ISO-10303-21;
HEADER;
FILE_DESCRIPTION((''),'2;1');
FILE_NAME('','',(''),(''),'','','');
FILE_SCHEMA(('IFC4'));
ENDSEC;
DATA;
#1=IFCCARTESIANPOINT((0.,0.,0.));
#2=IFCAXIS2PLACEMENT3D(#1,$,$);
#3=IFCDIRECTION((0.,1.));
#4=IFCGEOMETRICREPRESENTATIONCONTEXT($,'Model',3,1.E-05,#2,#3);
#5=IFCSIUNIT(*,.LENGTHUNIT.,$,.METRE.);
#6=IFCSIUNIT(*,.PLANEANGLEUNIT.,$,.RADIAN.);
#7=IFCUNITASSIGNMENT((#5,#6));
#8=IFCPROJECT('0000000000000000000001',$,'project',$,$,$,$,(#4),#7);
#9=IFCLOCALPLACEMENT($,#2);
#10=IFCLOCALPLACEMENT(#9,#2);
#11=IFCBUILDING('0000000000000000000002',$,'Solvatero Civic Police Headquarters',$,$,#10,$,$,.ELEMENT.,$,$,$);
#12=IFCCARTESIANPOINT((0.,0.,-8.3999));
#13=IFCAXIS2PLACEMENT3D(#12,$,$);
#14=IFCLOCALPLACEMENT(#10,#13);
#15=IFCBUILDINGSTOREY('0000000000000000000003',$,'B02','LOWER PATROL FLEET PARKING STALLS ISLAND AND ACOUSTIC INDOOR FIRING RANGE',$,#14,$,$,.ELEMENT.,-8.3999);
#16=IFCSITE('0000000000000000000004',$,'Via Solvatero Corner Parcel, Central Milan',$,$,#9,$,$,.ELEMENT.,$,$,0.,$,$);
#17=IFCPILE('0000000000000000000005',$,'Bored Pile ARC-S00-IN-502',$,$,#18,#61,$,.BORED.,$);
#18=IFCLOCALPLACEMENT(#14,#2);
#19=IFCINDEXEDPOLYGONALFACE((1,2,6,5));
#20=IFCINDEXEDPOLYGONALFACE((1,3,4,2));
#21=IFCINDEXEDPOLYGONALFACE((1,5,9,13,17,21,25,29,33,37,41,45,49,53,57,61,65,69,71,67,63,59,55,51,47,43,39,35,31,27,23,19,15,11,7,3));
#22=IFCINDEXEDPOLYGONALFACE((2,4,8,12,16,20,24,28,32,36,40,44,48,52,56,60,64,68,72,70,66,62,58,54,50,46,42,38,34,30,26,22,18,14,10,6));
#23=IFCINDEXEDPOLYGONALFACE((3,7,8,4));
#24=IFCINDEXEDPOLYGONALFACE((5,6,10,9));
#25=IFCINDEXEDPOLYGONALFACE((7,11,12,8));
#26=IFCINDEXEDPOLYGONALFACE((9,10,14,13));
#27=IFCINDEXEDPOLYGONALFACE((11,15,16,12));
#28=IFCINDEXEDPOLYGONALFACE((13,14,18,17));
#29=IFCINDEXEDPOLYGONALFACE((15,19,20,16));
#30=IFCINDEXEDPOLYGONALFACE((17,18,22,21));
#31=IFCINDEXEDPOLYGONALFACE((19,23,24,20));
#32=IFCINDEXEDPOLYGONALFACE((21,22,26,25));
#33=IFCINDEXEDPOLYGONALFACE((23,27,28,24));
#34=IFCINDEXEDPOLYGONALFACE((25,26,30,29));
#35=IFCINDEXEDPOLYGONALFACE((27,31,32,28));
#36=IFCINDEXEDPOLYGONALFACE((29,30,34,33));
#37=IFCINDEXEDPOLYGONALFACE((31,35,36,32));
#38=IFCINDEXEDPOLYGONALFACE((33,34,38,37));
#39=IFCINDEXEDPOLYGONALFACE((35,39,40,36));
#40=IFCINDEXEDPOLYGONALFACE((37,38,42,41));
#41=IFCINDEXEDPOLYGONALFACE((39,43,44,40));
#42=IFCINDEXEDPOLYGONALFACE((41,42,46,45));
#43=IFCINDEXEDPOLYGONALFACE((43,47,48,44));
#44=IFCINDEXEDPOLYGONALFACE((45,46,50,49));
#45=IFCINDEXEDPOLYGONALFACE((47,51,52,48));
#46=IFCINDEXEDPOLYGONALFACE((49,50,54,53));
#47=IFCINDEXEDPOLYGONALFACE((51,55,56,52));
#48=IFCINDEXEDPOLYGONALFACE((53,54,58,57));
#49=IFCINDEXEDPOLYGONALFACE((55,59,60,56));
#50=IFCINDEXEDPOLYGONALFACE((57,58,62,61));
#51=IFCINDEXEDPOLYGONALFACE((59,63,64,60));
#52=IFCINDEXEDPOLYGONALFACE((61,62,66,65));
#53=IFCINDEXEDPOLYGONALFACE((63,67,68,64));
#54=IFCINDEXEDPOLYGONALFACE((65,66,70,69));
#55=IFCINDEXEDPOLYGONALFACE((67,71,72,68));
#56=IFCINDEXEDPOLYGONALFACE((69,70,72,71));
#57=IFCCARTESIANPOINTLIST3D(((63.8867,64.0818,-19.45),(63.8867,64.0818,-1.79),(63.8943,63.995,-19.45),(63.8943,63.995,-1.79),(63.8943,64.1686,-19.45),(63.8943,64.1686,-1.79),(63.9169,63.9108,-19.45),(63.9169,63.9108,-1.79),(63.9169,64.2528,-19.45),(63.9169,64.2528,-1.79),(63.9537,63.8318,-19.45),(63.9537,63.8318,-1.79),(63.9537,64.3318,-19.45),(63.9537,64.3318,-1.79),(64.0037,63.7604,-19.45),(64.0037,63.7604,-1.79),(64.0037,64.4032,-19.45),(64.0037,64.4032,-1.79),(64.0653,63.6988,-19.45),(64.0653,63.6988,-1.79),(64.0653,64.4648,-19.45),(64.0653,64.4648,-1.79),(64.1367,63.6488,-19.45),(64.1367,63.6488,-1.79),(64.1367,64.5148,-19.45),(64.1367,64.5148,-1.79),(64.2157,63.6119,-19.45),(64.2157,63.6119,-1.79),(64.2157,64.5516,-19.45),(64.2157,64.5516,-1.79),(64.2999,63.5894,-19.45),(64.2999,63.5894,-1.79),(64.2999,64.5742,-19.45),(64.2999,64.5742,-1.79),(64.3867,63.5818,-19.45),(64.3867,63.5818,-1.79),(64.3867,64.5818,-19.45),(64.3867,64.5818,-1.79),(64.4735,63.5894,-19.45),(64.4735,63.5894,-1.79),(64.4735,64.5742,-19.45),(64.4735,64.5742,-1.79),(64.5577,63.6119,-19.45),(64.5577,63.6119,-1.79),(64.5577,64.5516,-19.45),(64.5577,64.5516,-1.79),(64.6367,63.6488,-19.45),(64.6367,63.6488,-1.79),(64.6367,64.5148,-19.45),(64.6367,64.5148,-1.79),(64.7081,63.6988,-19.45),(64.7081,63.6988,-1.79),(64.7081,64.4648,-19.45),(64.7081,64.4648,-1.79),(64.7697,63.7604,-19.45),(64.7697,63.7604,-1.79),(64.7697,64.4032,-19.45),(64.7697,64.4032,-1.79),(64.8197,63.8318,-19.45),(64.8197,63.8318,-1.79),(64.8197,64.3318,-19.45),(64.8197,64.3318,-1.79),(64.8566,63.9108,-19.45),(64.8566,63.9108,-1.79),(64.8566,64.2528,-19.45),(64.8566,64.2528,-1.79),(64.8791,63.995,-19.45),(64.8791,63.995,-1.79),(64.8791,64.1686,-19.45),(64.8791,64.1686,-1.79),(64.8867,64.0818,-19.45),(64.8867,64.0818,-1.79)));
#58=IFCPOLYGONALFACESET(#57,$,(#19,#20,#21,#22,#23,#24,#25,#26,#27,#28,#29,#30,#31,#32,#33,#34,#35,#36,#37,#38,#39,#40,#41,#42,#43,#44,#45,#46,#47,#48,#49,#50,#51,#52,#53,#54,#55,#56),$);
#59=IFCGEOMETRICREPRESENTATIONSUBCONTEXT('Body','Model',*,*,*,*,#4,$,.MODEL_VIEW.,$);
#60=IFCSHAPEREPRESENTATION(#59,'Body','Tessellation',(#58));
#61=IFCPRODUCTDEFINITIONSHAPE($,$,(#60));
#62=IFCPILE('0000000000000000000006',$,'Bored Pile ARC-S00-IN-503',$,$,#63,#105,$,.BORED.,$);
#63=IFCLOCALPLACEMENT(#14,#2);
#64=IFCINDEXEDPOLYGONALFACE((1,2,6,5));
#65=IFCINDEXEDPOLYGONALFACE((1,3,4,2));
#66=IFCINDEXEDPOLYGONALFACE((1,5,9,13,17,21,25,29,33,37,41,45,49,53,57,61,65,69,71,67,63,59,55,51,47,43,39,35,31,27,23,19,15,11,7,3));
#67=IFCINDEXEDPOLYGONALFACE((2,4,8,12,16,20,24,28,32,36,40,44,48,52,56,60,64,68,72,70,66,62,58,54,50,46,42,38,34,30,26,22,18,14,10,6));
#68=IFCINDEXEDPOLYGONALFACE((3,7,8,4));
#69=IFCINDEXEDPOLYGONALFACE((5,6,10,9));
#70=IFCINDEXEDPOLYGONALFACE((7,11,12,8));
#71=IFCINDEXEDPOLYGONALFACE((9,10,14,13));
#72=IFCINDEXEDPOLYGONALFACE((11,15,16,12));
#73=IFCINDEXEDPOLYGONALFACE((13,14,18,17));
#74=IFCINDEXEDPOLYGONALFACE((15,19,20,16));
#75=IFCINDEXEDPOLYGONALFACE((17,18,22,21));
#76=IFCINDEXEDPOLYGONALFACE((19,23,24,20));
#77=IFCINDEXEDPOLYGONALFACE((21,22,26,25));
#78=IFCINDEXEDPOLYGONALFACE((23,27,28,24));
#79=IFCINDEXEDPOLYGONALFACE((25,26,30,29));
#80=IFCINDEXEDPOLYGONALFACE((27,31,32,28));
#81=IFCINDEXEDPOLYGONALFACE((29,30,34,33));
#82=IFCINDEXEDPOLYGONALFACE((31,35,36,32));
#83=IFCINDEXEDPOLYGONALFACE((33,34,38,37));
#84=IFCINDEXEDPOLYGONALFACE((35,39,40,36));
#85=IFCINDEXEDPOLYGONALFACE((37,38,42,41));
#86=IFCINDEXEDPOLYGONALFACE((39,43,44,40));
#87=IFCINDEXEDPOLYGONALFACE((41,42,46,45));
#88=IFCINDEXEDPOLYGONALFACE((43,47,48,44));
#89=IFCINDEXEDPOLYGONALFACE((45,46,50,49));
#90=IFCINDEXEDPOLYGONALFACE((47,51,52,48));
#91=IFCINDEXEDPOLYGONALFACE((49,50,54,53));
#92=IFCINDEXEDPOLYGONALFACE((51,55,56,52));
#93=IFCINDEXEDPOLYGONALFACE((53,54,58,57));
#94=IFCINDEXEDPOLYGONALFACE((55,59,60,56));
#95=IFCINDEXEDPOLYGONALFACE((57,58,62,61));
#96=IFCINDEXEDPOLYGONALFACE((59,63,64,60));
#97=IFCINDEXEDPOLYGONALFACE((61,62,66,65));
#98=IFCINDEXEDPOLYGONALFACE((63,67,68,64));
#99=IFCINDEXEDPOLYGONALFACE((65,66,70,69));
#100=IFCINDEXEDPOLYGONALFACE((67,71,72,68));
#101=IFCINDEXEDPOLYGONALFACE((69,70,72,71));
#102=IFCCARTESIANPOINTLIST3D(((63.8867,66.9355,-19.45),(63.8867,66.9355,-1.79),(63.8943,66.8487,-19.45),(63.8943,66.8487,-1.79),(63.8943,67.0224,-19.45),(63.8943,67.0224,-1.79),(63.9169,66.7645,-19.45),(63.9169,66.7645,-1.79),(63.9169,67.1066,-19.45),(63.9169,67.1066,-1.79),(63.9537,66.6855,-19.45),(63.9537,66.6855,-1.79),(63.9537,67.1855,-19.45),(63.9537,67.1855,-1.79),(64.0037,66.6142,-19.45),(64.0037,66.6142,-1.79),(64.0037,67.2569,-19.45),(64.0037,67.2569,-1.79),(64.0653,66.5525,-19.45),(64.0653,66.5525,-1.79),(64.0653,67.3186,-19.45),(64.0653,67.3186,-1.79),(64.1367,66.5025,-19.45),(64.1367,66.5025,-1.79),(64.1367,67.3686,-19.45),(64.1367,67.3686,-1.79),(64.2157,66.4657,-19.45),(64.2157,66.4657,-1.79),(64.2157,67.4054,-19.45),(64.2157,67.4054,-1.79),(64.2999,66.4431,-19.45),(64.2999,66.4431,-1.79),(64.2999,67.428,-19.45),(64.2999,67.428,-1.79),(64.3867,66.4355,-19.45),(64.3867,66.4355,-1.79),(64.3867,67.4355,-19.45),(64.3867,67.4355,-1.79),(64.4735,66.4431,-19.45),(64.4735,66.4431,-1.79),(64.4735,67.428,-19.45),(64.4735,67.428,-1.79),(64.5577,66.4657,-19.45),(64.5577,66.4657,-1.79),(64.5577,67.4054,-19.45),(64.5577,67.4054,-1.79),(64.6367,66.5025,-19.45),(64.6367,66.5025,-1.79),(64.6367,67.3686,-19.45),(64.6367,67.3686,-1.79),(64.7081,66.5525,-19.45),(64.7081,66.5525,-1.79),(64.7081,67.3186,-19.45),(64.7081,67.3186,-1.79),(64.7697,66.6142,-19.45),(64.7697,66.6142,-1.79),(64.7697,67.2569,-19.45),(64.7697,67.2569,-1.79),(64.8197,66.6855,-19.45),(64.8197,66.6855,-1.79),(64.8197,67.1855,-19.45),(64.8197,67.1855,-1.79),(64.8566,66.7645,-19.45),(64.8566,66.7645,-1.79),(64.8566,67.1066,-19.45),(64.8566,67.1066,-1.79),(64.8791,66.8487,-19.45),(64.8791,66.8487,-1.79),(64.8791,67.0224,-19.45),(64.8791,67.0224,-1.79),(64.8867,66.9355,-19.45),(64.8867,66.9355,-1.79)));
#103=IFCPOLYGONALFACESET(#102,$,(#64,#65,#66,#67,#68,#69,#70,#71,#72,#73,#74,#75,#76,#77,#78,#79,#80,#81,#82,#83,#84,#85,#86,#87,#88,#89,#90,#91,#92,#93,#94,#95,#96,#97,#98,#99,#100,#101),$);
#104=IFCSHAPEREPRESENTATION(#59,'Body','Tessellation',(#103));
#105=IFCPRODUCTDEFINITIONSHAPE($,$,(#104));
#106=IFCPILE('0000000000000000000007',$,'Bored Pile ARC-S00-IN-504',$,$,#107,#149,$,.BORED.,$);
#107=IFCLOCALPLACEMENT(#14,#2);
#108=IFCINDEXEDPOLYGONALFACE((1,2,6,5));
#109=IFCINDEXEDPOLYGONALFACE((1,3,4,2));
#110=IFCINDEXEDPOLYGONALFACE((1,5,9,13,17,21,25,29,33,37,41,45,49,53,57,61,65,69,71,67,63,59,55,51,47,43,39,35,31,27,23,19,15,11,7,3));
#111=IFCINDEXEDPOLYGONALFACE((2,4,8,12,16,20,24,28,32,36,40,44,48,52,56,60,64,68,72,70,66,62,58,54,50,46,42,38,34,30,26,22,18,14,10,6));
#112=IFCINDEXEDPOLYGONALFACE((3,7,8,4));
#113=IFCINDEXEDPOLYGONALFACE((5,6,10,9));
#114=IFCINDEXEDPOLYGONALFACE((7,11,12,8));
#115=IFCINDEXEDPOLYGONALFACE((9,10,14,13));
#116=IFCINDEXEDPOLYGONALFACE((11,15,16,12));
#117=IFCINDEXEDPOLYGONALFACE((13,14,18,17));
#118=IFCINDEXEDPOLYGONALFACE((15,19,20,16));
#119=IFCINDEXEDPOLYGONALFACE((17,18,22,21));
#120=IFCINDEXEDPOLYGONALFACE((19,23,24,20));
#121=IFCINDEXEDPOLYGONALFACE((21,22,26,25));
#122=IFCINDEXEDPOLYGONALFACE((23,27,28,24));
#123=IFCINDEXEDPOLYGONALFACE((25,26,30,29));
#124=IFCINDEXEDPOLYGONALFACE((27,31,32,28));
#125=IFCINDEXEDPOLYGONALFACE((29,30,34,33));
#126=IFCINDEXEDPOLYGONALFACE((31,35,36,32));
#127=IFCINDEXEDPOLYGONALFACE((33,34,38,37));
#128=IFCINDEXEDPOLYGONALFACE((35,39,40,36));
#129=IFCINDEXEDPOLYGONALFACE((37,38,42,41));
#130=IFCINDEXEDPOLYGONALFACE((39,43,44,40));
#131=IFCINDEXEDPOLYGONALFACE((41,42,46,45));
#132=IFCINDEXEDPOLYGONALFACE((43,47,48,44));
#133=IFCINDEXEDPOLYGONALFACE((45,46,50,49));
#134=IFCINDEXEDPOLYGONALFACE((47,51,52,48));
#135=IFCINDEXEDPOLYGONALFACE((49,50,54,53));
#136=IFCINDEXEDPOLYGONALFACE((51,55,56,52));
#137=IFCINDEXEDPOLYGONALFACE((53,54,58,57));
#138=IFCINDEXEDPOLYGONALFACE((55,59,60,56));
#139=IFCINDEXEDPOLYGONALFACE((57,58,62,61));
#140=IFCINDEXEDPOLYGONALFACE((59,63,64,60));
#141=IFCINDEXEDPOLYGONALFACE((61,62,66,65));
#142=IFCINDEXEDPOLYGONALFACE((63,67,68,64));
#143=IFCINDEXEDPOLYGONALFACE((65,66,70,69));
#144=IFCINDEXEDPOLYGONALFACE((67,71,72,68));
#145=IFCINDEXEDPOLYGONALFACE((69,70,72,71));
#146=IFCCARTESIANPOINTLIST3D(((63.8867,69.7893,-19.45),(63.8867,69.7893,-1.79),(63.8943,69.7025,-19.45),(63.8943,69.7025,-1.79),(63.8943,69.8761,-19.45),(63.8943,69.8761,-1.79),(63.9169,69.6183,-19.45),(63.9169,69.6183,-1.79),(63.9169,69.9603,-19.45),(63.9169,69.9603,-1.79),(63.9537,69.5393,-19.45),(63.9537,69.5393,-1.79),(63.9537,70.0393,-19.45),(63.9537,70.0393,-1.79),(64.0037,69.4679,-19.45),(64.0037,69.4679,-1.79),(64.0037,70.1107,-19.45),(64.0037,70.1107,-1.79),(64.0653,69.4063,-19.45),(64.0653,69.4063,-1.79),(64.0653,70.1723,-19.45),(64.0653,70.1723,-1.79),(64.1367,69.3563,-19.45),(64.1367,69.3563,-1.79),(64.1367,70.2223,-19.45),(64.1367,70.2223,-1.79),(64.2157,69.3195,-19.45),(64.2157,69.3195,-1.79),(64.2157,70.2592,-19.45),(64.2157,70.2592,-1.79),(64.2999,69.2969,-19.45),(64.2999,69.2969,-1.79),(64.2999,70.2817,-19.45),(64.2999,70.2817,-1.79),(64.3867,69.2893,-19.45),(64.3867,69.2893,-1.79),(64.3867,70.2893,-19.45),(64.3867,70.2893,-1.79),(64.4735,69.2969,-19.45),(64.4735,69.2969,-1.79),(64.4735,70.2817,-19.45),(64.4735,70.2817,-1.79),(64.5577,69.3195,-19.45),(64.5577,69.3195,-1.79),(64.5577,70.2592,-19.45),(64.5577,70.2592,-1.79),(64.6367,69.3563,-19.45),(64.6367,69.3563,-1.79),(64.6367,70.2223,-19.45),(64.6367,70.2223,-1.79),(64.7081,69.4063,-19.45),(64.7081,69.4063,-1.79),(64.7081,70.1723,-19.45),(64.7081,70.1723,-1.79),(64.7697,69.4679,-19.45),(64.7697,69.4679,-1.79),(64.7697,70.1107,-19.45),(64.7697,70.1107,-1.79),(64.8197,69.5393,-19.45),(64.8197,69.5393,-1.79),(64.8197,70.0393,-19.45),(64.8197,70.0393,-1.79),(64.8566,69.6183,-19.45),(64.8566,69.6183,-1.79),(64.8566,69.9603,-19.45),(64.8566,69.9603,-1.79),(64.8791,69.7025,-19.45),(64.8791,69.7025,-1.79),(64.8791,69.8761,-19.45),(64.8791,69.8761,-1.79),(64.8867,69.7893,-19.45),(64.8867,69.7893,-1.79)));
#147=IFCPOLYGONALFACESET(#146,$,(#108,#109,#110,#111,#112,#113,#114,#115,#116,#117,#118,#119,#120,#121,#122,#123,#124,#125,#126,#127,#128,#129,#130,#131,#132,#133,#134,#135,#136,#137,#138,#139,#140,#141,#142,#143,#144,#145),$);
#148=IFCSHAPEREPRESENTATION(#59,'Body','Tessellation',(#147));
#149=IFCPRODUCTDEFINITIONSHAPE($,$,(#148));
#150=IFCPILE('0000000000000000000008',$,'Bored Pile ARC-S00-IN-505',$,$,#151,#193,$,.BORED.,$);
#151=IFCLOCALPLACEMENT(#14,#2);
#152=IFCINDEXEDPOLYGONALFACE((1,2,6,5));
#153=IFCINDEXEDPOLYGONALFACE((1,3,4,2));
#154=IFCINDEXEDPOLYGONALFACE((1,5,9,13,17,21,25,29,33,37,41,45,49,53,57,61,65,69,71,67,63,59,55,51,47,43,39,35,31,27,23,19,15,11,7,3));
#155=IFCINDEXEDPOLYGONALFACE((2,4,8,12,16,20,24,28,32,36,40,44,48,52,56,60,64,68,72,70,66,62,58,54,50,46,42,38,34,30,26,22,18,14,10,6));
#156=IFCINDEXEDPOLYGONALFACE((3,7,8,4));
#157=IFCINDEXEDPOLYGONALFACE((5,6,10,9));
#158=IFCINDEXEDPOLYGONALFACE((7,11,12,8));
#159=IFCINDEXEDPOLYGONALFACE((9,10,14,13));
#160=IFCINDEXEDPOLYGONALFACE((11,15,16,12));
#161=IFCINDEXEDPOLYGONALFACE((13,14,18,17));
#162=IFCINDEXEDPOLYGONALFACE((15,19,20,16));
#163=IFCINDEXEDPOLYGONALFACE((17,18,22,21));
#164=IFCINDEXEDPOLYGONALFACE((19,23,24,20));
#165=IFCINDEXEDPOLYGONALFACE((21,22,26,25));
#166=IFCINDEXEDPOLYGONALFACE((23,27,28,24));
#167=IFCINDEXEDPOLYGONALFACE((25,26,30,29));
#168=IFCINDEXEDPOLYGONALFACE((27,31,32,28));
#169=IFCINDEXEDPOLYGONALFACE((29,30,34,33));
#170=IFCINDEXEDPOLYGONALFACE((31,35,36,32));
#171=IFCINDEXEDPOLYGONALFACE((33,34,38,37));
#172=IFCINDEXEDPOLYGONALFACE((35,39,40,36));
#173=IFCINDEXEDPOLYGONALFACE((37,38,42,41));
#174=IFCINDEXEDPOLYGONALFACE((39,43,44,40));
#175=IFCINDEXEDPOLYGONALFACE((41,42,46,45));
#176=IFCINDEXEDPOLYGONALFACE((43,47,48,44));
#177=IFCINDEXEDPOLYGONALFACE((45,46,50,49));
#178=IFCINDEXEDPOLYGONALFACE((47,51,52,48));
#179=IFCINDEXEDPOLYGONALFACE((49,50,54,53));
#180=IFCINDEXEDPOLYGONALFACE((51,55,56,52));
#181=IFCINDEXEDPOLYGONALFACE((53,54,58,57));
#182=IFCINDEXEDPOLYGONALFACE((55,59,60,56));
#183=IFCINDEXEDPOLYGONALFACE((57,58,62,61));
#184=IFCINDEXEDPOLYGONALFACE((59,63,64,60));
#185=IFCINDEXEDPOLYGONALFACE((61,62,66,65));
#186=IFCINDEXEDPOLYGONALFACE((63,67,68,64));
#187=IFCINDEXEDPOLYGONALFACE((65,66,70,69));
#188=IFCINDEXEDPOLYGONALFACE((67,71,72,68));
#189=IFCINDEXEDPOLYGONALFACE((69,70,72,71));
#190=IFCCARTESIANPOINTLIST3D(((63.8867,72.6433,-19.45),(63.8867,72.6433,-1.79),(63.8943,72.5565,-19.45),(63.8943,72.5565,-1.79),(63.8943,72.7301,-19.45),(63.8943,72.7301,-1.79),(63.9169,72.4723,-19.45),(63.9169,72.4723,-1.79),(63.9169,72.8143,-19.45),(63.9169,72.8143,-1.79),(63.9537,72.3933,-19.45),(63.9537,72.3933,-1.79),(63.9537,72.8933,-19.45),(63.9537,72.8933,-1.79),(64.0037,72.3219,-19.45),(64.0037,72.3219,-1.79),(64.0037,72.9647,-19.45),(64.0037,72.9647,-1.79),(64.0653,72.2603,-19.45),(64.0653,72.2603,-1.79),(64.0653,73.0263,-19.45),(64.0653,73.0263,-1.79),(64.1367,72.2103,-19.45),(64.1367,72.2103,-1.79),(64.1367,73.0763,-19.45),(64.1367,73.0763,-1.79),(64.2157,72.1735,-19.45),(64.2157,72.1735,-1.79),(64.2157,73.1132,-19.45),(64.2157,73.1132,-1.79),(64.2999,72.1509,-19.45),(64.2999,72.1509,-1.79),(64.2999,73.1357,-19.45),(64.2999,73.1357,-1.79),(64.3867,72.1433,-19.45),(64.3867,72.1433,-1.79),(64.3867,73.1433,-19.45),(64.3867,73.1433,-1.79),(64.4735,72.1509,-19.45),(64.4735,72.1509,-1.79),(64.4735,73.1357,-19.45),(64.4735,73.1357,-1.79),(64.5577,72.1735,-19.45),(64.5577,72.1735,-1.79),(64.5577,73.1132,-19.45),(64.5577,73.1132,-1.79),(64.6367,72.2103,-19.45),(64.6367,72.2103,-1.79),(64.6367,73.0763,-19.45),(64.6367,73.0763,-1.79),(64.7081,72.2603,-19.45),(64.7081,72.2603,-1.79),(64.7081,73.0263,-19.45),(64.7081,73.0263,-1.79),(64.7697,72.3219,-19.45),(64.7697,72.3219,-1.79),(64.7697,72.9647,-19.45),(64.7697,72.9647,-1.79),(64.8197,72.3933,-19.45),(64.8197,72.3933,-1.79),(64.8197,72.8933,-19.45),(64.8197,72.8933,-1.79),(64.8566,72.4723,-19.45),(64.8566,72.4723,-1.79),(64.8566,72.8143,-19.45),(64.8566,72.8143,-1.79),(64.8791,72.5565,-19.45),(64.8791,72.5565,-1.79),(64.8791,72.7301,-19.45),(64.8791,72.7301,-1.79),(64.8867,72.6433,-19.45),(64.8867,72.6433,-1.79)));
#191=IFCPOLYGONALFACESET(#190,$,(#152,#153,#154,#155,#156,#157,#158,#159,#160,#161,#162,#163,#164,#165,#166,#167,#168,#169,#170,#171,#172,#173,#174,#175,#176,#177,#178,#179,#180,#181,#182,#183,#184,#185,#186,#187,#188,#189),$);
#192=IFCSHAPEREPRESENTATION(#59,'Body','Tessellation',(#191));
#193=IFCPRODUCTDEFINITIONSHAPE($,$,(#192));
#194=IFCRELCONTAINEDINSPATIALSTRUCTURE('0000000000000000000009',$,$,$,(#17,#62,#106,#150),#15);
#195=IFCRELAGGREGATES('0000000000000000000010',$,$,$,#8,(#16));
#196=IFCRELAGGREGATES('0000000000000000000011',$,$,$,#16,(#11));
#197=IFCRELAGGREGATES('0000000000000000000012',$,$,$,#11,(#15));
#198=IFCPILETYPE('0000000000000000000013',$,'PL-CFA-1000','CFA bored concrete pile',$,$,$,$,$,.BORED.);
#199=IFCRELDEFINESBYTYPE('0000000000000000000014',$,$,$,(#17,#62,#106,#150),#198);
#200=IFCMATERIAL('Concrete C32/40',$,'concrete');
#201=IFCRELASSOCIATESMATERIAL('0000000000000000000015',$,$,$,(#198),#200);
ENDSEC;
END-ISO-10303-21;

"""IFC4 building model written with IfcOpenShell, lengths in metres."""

from ifc_helpers import new_model, si_unit, direction, frame, origin, origin_2d, place, context, subcontext, project, spatial, circle, extrude, material, material_profile, profile_set, type_object, element, save


model = new_model("IFC4")

# Units and contexts
model_context = context("Model", 3, precision=1e-05, world=origin(), true_north=direction((0.0, 1.0)))
body_context = subcontext(model_context, "Body", "Model", "MODEL_VIEW")
ifc_project = project(units=[si_unit("LENGTHUNIT", "METRE"), si_unit("PLANEANGLEUNIT", "RADIAN")], contexts=[model_context])

# Site, building, storey
site_placement = place(None, origin())
site = spatial("IfcSite", under=ifc_project, at=site_placement, Name="Via Solvatero Corner Parcel, Central Milan", CompositionType="ELEMENT", RefElevation=0.0)
building_placement = place(site_placement, origin())
building = spatial("IfcBuilding", under=site, at=building_placement, Name="Solvatero Civic Police Headquarters", CompositionType="ELEMENT")
storey_placement = place(building_placement, frame((0.0, 0.0, -8.3999)))
storey = spatial("IfcBuildingStorey", under=building, at=storey_placement, Name="B02", Description="LOWER PATROL FLEET PARKING STALLS ISLAND AND ACOUSTIC INDOOR FIRING RANGE", CompositionType="ELEMENT", Elevation=-8.3999)

# Piles
ifc_material_1 = material(Name="Concrete C32/40", Category="concrete")
ifc_material_profile_1 = material_profile(ifc_material_1, circle(Radius=0.5, at=origin_2d()), Name="CFA PILE D1000")
ifc_profile_set_1 = profile_set([ifc_material_profile_1], Name="Concrete C32/40")
pile_type = type_object("IfcPileType", Name="PL-CFA-1000", Description="CFA bored concrete pile", PredefinedType="BORED", material=ifc_profile_set_1)
for number, where, z_axis, x_axis, name in (
    (1, (64.3867, 64.0818, -1.79), (0.0, 0.0, -1.0), (1.0, 0.0, 0.0), "Bored Pile ARC-S00-IN-502"),
    (2, (64.3867, 66.9355, -1.79), (0.0, 0.0, -1.0), (1.0, 0.0, 0.0), "Bored Pile ARC-S00-IN-503"),
    (3, (64.3867, 69.7893, -1.79), (0.0, 0.0, -1.0), (1.0, 0.0, 0.0), "Bored Pile ARC-S00-IN-504"),
    (4, (64.3867, 72.6433, -1.79), (0.0, 0.0, -1.0), (1.0, 0.0, 0.0), "Bored Pile ARC-S00-IN-505"),
):
    element("IfcPile", number, at=place(storey_placement, frame(where, z_axis=z_axis, x_axis=x_axis)), inside=storey, type_object=pile_type, Name=name, PredefinedType="BORED", context=body_context, shape_type="SweptSolid", body=[
        extrude(circle(Radius=0.5, at=origin_2d()), origin(), (0.0, 0.0, 1.0), 17.6599),
    ])

save(model, "model.ifc")
